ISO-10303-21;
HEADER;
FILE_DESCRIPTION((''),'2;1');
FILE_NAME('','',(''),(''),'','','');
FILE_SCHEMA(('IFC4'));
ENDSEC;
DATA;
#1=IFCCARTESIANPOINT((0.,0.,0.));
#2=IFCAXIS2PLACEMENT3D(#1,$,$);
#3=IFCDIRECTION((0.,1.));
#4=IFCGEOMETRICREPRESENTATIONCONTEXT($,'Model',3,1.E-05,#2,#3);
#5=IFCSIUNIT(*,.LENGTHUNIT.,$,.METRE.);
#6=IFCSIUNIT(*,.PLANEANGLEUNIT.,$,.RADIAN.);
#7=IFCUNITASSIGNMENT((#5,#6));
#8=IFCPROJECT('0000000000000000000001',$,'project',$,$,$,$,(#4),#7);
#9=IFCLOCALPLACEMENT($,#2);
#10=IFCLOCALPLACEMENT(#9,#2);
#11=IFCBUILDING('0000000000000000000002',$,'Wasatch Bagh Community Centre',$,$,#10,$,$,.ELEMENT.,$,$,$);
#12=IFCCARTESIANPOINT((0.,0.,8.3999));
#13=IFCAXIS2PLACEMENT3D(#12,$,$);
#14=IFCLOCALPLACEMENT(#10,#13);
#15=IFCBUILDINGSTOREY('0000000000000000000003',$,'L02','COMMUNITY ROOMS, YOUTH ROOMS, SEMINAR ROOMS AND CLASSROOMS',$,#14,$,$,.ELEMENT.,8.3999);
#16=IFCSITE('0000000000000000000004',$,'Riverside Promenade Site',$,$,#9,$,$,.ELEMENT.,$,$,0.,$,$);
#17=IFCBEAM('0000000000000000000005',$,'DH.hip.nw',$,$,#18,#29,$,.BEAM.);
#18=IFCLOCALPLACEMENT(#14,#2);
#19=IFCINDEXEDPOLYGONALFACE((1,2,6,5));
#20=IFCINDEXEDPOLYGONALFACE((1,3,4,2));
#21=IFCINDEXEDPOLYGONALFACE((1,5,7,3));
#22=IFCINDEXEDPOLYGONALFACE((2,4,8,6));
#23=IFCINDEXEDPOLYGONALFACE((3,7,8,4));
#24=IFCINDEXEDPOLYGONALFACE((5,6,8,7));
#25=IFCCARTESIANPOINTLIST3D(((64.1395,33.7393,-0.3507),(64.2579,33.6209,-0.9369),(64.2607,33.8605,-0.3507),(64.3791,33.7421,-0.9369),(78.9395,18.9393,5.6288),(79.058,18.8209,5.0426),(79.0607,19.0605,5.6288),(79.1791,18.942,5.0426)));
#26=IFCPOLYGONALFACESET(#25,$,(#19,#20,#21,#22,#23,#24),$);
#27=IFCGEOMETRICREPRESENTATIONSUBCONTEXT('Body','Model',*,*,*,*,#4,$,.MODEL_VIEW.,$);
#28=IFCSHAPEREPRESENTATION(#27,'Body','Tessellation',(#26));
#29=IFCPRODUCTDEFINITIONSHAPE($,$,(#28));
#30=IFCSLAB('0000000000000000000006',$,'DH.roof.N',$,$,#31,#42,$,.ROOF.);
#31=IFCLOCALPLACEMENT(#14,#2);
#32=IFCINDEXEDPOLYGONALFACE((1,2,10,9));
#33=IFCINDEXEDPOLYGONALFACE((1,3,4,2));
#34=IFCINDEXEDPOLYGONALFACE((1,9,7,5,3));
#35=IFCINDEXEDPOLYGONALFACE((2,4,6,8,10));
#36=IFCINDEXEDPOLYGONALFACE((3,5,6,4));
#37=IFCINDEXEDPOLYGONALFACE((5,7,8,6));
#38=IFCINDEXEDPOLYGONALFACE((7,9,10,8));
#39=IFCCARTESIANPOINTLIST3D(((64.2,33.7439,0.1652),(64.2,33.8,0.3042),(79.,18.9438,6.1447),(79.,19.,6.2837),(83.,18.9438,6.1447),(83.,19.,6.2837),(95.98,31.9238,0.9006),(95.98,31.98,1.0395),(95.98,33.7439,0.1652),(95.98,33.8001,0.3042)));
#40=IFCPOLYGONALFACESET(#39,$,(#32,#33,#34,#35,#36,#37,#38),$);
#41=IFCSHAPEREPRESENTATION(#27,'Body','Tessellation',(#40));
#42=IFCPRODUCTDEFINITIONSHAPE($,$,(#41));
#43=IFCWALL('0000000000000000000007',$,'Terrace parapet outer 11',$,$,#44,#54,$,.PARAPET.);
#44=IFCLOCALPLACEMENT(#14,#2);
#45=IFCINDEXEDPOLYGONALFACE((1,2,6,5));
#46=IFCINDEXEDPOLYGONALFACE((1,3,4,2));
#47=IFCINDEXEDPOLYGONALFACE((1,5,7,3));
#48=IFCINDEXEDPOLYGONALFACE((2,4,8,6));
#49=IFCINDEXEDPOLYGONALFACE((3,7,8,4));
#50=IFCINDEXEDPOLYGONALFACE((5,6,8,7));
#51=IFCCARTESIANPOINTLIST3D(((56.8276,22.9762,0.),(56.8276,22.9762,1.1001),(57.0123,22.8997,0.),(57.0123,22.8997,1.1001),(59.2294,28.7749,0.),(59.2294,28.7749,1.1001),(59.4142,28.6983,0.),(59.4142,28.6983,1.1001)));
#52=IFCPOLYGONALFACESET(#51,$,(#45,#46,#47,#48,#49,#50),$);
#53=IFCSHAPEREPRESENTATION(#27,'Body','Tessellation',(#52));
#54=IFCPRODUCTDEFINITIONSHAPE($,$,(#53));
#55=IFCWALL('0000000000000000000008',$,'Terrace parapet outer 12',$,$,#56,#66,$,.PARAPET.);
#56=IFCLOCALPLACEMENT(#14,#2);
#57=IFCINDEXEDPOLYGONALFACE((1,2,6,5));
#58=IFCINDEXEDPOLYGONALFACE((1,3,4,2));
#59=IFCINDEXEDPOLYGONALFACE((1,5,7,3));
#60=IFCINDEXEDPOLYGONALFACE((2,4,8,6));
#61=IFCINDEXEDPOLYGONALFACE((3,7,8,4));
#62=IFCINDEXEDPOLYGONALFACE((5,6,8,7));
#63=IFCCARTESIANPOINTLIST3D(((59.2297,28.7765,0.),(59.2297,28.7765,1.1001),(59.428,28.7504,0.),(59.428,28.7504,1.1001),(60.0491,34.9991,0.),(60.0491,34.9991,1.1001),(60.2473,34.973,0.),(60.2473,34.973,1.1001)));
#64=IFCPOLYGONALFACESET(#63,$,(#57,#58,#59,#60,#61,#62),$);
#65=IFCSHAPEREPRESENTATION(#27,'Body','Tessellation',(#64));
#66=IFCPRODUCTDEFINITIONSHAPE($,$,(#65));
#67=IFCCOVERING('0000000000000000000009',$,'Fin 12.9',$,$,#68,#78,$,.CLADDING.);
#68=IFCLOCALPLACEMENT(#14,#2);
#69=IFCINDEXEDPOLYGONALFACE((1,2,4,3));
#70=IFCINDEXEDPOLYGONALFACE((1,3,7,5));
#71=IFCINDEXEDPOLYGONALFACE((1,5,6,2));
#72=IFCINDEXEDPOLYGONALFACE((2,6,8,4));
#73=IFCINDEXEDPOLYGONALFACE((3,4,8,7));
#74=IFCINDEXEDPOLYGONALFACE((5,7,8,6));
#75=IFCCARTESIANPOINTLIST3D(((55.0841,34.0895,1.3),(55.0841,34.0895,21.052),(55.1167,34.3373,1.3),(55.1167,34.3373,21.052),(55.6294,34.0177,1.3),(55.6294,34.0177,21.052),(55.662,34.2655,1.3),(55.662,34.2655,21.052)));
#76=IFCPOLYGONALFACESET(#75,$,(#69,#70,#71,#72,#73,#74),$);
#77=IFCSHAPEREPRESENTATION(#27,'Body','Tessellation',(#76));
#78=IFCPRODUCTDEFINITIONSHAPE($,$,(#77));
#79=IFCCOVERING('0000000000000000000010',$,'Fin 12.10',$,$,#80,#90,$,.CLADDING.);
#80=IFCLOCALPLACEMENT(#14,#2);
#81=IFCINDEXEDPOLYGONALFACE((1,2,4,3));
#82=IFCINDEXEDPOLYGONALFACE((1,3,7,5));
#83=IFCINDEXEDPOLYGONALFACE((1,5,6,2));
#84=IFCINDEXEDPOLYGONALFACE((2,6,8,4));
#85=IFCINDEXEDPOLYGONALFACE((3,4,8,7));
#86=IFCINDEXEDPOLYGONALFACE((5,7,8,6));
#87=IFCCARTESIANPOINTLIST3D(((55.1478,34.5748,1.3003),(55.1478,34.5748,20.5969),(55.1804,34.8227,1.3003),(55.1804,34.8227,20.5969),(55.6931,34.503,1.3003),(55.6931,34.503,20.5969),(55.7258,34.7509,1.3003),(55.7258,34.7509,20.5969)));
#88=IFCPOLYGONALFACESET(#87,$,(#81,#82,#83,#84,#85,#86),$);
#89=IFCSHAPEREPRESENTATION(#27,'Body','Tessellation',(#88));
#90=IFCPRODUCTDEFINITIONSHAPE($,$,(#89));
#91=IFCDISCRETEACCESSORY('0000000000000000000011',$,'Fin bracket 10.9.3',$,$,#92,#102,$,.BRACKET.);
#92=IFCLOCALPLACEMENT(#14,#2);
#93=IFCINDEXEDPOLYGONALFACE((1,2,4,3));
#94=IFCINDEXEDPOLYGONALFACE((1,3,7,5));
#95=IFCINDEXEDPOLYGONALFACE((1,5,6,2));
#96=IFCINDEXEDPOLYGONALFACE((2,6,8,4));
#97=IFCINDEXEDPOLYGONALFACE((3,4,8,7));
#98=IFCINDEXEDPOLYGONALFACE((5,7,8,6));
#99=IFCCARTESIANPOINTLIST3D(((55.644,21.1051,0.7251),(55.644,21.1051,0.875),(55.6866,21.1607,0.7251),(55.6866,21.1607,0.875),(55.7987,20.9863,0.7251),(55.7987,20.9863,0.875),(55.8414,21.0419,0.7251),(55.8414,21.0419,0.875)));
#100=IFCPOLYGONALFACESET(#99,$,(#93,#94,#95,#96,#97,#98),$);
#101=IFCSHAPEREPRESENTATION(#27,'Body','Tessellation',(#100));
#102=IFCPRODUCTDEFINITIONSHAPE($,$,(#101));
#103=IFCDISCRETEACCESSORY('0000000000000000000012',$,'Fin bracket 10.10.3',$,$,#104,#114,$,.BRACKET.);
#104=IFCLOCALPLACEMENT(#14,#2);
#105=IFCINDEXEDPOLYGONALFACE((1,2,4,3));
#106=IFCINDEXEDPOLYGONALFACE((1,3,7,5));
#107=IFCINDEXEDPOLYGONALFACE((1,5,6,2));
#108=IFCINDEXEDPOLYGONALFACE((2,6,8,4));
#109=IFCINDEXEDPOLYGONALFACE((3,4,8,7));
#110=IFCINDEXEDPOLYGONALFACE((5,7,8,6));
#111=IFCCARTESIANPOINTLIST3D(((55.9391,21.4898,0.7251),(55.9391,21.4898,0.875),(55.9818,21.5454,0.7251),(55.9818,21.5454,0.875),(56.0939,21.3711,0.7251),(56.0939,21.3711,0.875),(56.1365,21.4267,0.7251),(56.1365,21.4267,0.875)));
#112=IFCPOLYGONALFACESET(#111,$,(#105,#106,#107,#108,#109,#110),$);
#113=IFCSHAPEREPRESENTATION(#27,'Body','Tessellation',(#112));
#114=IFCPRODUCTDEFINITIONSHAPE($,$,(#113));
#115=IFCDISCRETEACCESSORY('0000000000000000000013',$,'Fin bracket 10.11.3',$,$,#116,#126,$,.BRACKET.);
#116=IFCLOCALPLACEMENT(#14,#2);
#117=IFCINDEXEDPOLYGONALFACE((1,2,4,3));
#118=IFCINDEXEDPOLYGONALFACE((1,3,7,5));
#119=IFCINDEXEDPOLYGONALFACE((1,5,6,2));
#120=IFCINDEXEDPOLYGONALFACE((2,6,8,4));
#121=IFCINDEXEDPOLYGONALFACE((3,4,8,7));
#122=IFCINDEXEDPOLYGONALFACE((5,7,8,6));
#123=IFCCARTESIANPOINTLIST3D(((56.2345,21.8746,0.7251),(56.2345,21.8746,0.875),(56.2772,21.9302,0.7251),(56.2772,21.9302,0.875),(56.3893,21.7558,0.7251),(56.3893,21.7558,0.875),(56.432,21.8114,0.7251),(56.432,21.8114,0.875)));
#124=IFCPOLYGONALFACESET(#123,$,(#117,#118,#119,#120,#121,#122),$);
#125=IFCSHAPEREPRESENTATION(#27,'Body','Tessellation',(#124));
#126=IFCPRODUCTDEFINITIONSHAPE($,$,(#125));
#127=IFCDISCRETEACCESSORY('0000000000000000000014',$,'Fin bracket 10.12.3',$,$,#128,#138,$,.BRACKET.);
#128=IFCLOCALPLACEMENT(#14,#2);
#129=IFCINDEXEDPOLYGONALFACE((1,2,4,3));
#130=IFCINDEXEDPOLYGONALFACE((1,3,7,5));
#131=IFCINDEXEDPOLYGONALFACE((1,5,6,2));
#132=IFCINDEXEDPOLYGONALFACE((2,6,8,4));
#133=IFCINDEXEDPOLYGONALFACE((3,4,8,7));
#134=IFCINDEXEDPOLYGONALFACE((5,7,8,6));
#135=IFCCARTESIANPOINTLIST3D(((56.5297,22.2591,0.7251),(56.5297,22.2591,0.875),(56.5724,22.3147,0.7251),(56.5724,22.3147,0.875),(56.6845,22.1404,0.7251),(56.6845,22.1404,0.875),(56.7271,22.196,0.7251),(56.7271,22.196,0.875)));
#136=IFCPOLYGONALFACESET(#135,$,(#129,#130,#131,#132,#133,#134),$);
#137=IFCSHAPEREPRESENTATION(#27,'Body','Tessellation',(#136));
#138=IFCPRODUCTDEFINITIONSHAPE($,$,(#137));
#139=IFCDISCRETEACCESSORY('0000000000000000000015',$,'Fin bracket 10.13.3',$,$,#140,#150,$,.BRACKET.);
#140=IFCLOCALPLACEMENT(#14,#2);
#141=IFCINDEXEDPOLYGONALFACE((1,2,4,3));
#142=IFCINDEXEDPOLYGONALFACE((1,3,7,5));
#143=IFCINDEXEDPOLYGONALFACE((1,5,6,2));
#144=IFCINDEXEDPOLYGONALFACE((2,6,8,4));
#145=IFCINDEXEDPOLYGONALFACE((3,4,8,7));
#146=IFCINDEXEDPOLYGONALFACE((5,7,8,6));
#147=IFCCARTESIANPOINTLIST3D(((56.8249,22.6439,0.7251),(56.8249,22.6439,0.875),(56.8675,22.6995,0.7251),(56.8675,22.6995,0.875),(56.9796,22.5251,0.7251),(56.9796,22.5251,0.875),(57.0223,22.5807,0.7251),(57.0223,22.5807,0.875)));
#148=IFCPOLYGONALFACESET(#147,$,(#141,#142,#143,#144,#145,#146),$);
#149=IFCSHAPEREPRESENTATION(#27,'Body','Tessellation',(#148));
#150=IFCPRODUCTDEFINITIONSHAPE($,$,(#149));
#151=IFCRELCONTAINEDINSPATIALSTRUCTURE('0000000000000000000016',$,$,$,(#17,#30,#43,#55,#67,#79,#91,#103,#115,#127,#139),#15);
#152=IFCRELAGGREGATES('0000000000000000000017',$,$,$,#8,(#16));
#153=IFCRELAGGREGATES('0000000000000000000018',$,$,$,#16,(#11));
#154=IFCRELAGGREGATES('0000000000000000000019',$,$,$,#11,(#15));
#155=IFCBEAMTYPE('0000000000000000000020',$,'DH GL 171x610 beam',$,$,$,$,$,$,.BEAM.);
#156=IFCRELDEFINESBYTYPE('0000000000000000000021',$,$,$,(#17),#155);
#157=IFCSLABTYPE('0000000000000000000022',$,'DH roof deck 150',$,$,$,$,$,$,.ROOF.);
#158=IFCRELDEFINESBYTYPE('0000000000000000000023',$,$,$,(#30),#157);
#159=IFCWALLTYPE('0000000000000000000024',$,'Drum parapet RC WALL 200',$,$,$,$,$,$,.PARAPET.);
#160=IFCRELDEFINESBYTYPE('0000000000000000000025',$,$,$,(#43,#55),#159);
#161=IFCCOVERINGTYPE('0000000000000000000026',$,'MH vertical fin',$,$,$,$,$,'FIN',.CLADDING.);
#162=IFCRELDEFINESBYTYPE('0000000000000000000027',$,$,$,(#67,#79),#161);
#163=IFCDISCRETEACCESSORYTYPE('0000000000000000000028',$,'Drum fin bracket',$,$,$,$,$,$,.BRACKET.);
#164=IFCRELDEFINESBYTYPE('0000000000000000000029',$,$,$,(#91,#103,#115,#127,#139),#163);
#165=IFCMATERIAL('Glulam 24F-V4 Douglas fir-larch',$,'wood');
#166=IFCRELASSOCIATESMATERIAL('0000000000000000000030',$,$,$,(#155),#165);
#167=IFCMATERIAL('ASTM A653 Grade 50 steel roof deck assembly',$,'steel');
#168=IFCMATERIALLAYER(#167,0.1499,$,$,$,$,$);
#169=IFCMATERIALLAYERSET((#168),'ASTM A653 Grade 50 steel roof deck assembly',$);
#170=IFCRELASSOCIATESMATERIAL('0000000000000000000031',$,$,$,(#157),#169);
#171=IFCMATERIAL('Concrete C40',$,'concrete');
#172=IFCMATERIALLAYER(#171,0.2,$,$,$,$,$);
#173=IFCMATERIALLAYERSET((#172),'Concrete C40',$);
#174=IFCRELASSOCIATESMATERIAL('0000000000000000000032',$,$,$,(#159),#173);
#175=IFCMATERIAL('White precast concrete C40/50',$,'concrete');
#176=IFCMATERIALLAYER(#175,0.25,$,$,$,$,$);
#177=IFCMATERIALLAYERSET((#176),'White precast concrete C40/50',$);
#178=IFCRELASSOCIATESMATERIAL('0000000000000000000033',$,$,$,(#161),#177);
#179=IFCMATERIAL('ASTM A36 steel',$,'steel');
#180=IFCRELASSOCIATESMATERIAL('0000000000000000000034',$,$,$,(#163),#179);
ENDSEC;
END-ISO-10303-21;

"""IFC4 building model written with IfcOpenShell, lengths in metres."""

from ifc_helpers import new_model, si_unit, direction, frame, frame_2d, origin, origin_2d, place, context, subcontext, project, spatial, polyline, rectangle, outline, extrude, material, layer, layer_set, material_profile, profile_set, type_object, element, save


model = new_model("IFC4")

# Units and contexts
model_context = context("Model", 3, precision=1e-05, world=origin(), true_north=direction((0.0, 1.0)))
body_context = subcontext(model_context, "Body", "Model", "MODEL_VIEW")
ifc_project = project(units=[si_unit("LENGTHUNIT", "METRE"), si_unit("PLANEANGLEUNIT", "RADIAN")], contexts=[model_context])

# Site, building, storey
site_placement = place(None, origin())
site = spatial("IfcSite", under=ifc_project, at=site_placement, Name="Riverside Promenade Site", CompositionType="ELEMENT", RefElevation=0.0)
building_placement = place(site_placement, origin())
building = spatial("IfcBuilding", under=site, at=building_placement, Name="Wasatch Bagh Community Centre", CompositionType="ELEMENT")
storey_placement = place(building_placement, frame((0.0, 0.0, 8.3999)))
storey = spatial("IfcBuildingStorey", under=building, at=storey_placement, Name="L02", Description="COMMUNITY ROOMS, YOUTH ROOMS, SEMINAR ROOMS AND CLASSROOMS", CompositionType="ELEMENT", Elevation=8.3999)

# Shared definitions
ifc_material_1 = material(Name="Glulam 24F-V4 Douglas fir-larch", Category="wood")

# Beam
ifc_material_profile_1 = material_profile(ifc_material_1, rectangle(XDim=0.1714, YDim=0.6096, at=origin_2d()), Name="GL 171x610")
ifc_profile_set_1 = profile_set([ifc_material_profile_1], Name="Glulam 24F-V4 Douglas fir-larch")
beam_type_1 = type_object("IfcBeamType", Name="DH GL 171x610 beam", PredefinedType="BEAM", material=ifc_profile_set_1)
beam_1_placement = place(storey_placement, frame((64.2593, 33.7407, -0.6438), z_axis=(0.679906, -0.679906, 0.274694), x_axis=(0.707107, 0.707107, 0.0)))
element("IfcBeam", 1, at=beam_1_placement, inside=storey, type_object=beam_type_1, Name="DH.hip.nw", PredefinedType="BEAM", context=body_context, shape_type="SweptSolid", body=[
    extrude(rectangle(XDim=0.1714, YDim=0.6096, at=origin_2d()), origin(), (0.0, 0.0, 1.0), 21.7678),
])

# Slab
ifc_material_2 = material(Name="ASTM A653 Grade 50 steel roof deck assembly", Category="steel")
ifc_layer_1 = layer(ifc_material_2, 0.1499)
ifc_layer_set_1 = layer_set([ifc_layer_1], Name="ASTM A653 Grade 50 steel roof deck assembly")
slab_type = type_object("IfcSlabType", Name="DH roof deck 150", PredefinedType="ROOF", material=ifc_layer_set_1)
slab_placement = place(storey_placement, frame((64.2, 33.8, 0.3042), z_axis=(0.0, 0.374601, 0.927186), x_axis=(1.0, 0.0, 0.0)))
element("IfcSlab", 2, at=slab_placement, inside=storey, type_object=slab_type, Name="DH.roof.N", PredefinedType="ROOF", context=body_context, shape_type="SweptSolid", body=[
    extrude(outline(polyline([(0.0, 0.0), (31.78, 0.0), (31.78, -1.963), (18.8, -15.9623), (14.8, -15.9623), (0.0, 0.0)])), origin(), (0.0, 0.0, -1.0), 0.1499),
])

# Walls
ifc_material_3 = material(Name="Concrete C40", Category="concrete")
ifc_layer_2 = layer(ifc_material_3, 0.2)
ifc_layer_set_2 = layer_set([ifc_layer_2], Name="Concrete C40")
wall_type = type_object("IfcWallType", Name="Drum parapet RC WALL 200", PredefinedType="PARAPET", material=ifc_layer_set_2)
for number, where, z_axis, x_axis, name in (
    (3, (56.9199, 22.938, 0.0), (0.0, 0.0, 1.0), (0.382684, 0.923879, 0.0), "Terrace parapet outer 11"),
    (4, (59.3289, 28.7634, 0.0), (0.0, 0.0, 1.0), (0.130543, 0.991443, 0.0), "Terrace parapet outer 12"),
):
    element("IfcWall", number, at=place(storey_placement, frame(where, z_axis=z_axis, x_axis=x_axis)), inside=storey, type_object=wall_type, Name=name, PredefinedType="PARAPET", context=body_context, shape_type="SweptSolid", body=[
        extrude(rectangle(XDim=6.2764, YDim=0.2, at=frame_2d((3.1382, 0.0))), origin(), (0.0, 0.0, 1.0), 1.1001),
    ])

# Coverings
ifc_material_4 = material(Name="White precast concrete C40/50", Category="concrete")
ifc_layer_3 = layer(ifc_material_4, 0.25)
ifc_layer_set_3 = layer_set([ifc_layer_3], Name="White precast concrete C40/50")
covering_type = type_object("IfcCoveringType", Name="MH vertical fin", ElementType="FIN", PredefinedType="CLADDING", material=ifc_layer_set_3)
covering_1_placement = place(storey_placement, frame((55.373, 34.1775, 1.3), z_axis=(0.0, 0.0, 1.0), x_axis=(0.130526, 0.991445, 0.0)))
element("IfcCovering", 5, at=covering_1_placement, inside=storey, type_object=covering_type, Name="Fin 12.9", PredefinedType="CLADDING", context=body_context, shape_type="SweptSolid", body=[
    extrude(rectangle(XDim=0.25, YDim=0.55, at=origin_2d()), origin(), (0.0, 0.0, 1.0), 19.752),
])
covering_2_placement = place(storey_placement, frame((55.4368, 34.6628, 1.3003), z_axis=(0.0, 0.0, 1.0), x_axis=(0.130526, 0.991445, 0.0)))
element("IfcCovering", 6, at=covering_2_placement, inside=storey, type_object=covering_type, Name="Fin 12.10", PredefinedType="CLADDING", context=body_context, shape_type="SweptSolid", body=[
    extrude(rectangle(XDim=0.25, YDim=0.55, at=origin_2d()), origin(), (0.0, 0.0, 1.0), 19.2966),
])

# Discrete accessories
ifc_material_5 = material(Name="ASTM A36 steel", Category="steel")
discrete_accessory_type = type_object("IfcDiscreteAccessoryType", Name="Drum fin bracket", PredefinedType="BRACKET", material=ifc_material_5)
for number, where, z_axis, x_axis, name in (
    (7, (55.7427, 21.0735, 0.7251), (0.0, 0.0, 1.0), (0.608761, 0.793353, 0.0), "Fin bracket 10.9.3"),
    (8, (56.0378, 21.4583, 0.7251), (0.0, 0.0, 1.0), (0.608761, 0.793353, 0.0), "Fin bracket 10.10.3"),
    (9, (56.3333, 21.843, 0.7251), (0.0, 0.0, 1.0), (0.608761, 0.793353, 0.0), "Fin bracket 10.11.3"),
    (10, (56.6284, 22.2275, 0.7251), (0.0, 0.0, 1.0), (0.608761, 0.793353, 0.0), "Fin bracket 10.12.3"),
    (11, (56.9236, 22.6123, 0.7251), (0.0, 0.0, 1.0), (0.608761, 0.793353, 0.0), "Fin bracket 10.13.3"),
):
    element("IfcDiscreteAccessory", number, at=place(storey_placement, frame(where, z_axis=z_axis, x_axis=x_axis)), inside=storey, type_object=discrete_accessory_type, Name=name, PredefinedType="BRACKET", context=body_context, shape_type="SweptSolid", body=[
        extrude(rectangle(XDim=0.0701, YDim=0.1951, at=origin_2d()), origin(), (0.0, 0.0, 1.0), 0.1499),
    ])

save(model, "model.ifc")
